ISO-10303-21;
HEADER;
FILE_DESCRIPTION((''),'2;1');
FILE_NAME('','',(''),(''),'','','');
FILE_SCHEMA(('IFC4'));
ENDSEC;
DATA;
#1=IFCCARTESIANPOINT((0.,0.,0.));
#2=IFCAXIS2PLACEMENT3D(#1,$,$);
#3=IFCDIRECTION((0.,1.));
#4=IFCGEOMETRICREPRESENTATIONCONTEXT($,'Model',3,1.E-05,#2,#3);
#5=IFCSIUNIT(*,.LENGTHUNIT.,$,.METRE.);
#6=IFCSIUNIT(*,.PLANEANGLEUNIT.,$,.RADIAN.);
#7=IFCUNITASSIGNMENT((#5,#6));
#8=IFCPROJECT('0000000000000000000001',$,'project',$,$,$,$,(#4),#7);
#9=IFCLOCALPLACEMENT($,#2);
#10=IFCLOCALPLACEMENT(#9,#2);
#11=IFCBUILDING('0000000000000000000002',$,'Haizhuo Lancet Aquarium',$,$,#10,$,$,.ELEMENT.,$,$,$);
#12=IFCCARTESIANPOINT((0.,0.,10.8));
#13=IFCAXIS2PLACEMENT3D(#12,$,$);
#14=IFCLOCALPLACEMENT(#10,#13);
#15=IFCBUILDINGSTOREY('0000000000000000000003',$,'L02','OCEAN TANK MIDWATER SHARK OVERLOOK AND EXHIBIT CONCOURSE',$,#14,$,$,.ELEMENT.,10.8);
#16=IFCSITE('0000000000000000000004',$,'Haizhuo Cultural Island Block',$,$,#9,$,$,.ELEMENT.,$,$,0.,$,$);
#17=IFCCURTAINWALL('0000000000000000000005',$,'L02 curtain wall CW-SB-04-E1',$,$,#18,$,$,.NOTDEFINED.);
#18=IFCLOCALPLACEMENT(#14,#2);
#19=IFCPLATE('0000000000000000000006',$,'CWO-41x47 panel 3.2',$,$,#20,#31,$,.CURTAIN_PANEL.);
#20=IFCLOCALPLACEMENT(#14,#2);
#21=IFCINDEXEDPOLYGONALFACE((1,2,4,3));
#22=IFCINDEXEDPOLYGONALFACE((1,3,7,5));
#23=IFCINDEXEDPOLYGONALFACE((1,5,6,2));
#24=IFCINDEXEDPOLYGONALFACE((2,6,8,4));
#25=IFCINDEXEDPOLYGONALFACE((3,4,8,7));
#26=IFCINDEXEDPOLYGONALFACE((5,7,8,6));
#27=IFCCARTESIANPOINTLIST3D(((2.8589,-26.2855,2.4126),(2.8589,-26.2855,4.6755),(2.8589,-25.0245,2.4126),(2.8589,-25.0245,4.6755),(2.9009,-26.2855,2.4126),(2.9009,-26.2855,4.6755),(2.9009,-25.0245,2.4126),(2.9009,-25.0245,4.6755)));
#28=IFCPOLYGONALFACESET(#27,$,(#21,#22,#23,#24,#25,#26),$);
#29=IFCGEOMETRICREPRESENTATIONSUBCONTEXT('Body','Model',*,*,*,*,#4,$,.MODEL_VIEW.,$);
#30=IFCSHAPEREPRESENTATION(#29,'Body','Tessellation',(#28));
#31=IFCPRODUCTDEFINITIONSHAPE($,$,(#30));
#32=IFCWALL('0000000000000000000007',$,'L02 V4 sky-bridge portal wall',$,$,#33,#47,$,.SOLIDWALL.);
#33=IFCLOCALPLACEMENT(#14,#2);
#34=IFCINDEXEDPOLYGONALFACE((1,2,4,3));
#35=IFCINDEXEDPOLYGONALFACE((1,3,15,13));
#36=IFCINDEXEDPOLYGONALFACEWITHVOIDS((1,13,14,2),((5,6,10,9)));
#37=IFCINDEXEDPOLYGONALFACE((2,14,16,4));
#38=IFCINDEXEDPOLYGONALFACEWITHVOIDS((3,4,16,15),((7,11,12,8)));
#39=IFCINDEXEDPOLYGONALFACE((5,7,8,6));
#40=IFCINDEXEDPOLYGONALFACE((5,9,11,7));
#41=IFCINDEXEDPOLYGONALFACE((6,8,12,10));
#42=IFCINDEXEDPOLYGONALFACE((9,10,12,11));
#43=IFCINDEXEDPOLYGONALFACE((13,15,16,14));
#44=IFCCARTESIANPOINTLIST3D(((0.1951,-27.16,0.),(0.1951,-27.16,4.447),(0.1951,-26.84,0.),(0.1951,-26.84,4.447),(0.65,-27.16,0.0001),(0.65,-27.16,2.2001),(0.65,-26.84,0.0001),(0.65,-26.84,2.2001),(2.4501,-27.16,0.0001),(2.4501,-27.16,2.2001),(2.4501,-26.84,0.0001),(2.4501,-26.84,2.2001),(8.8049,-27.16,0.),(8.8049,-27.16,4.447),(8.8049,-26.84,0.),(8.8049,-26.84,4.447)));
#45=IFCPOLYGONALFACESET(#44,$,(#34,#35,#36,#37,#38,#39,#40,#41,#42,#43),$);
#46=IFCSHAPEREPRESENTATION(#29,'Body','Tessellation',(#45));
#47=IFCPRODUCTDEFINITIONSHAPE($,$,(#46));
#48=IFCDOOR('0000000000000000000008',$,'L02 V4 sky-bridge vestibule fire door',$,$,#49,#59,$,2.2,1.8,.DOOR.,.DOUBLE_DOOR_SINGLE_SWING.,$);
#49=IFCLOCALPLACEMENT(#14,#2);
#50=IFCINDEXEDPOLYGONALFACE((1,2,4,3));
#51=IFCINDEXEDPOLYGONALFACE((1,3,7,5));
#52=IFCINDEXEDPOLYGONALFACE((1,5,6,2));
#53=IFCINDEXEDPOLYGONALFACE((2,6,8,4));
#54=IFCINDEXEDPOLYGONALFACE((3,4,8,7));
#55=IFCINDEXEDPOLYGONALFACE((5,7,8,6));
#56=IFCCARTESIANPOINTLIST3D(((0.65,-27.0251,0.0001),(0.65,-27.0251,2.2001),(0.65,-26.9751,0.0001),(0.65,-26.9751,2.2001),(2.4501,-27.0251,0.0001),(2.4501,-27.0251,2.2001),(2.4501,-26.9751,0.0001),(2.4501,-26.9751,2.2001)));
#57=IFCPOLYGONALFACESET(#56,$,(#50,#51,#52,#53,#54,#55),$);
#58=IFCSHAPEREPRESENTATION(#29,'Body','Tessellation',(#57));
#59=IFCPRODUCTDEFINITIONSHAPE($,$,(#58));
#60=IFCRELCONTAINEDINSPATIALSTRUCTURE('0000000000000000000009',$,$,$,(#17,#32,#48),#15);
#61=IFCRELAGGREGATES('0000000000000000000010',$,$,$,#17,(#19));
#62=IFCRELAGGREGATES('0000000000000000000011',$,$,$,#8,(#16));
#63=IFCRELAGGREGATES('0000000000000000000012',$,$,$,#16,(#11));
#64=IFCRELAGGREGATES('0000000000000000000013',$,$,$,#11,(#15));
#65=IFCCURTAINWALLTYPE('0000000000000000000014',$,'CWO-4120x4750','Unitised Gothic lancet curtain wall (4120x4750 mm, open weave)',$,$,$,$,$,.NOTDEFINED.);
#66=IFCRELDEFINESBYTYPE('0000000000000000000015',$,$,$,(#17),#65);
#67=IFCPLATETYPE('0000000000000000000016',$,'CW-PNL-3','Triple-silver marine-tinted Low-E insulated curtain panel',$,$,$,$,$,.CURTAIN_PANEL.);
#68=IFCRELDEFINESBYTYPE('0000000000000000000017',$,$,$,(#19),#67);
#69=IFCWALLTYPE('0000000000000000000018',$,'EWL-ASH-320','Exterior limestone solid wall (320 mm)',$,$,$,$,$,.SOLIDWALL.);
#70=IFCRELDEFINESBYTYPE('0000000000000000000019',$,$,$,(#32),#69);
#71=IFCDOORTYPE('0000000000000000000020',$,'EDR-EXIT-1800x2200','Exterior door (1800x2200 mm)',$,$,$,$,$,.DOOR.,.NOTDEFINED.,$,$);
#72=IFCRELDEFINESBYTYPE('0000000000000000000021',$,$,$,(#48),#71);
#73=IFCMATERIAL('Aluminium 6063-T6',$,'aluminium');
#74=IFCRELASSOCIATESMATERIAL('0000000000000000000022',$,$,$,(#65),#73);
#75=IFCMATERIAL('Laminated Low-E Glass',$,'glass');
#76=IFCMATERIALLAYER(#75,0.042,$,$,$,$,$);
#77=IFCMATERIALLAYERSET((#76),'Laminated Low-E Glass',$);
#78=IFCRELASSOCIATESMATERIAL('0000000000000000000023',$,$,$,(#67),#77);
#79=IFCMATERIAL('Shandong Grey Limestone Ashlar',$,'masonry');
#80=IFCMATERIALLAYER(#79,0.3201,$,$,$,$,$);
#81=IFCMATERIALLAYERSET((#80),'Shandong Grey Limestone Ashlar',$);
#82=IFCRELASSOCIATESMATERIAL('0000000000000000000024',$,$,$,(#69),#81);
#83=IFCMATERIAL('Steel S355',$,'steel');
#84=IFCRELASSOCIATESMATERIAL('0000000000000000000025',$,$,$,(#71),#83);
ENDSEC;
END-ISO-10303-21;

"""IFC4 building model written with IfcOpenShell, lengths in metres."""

from ifc_helpers import new_model, si_unit, direction, frame, frame_2d, origin, origin_2d, place, context, subcontext, project, spatial, rectangle, extrude, material, layer, layer_set, type_object, element, fill, aggregate, save


model = new_model("IFC4")

# Units and contexts
model_context = context("Model", 3, precision=1e-05, world=origin(), true_north=direction((0.0, 1.0)))
body_context = subcontext(model_context, "Body", "Model", "MODEL_VIEW")
ifc_project = project(units=[si_unit("LENGTHUNIT", "METRE"), si_unit("PLANEANGLEUNIT", "RADIAN")], contexts=[model_context])

# Site, building, storey
site_placement = place(None, origin())
site = spatial("IfcSite", under=ifc_project, at=site_placement, Name="Haizhuo Cultural Island Block", CompositionType="ELEMENT", RefElevation=0.0)
building_placement = place(site_placement, origin())
building = spatial("IfcBuilding", under=site, at=building_placement, Name="Haizhuo Lancet Aquarium", CompositionType="ELEMENT")
storey_placement = place(building_placement, frame((0.0, 0.0, 10.8)))
storey = spatial("IfcBuildingStorey", under=building, at=storey_placement, Name="L02", Description="OCEAN TANK MIDWATER SHARK OVERLOOK AND EXHIBIT CONCOURSE", CompositionType="ELEMENT", Elevation=10.8)

# Shared definitions
ifc_material_1 = material(Name="Steel S355", Category="steel")

# Shared definitions
ifc_material_2 = material(Name="Aluminium 6063-T6", Category="aluminium")

# Curtain wall
curtain_wall_type_1 = type_object("IfcCurtainWallType", Name="CWO-4120x4750", Description="Unitised Gothic lancet curtain wall (4120x4750 mm, open weave)", PredefinedType="NOTDEFINED", material=ifc_material_2)
curtain_wall_1_placement = place(storey_placement, origin())
curtain_wall_1 = element("IfcCurtainWall", 1, at=curtain_wall_1_placement, inside=storey, type_object=curtain_wall_type_1, Name="L02 curtain wall CW-SB-04-E1", PredefinedType="NOTDEFINED")

# Plate
ifc_material_3 = material(Name="Laminated Low-E Glass", Category="glass")
ifc_layer_1 = layer(ifc_material_3, 0.042)
ifc_layer_set_1 = layer_set([ifc_layer_1], Name="Laminated Low-E Glass")
plate_type_1 = type_object("IfcPlateType", Name="CW-PNL-3", Description="Triple-silver marine-tinted Low-E insulated curtain panel", PredefinedType="CURTAIN_PANEL", material=ifc_layer_set_1)
plate_1_placement = place(storey_placement, frame((2.8799, -25.655, 2.4126), z_axis=(0.0, 0.0, 1.0), x_axis=(0.0, -1.0, 0.0)))
plate_1 = element("IfcPlate", 2, at=plate_1_placement, type_object=plate_type_1, Name="CWO-41x47 panel 3.2", PredefinedType="CURTAIN_PANEL", context=body_context, shape_type="SweptSolid", body=[
    extrude(rectangle(XDim=1.261, YDim=0.042, at=origin_2d()), origin(), (0.0, 0.0, 1.0), 2.2629),
])
aggregate(curtain_wall_1, [plate_1])

# Wall, opening, door
ifc_material_4 = material(Name="Shandong Grey Limestone Ashlar", Category="masonry")
ifc_layer_2 = layer(ifc_material_4, 0.3201)
ifc_layer_set_2 = layer_set([ifc_layer_2], Name="Shandong Grey Limestone Ashlar")
wall_type = type_object("IfcWallType", Name="EWL-ASH-320", Description="Exterior limestone solid wall (320 mm)", PredefinedType="SOLIDWALL", material=ifc_layer_set_2)
wall_placement = place(storey_placement, frame((0.1951, -27.0, 0.0), z_axis=(0.0, 0.0, 1.0), x_axis=(1.0, 0.0, 0.0)))
wall = element("IfcWall", 3, at=wall_placement, inside=storey, type_object=wall_type, Name="L02 V4 sky-bridge portal wall", PredefinedType="SOLIDWALL", context=body_context, shape_type="SweptSolid", body=[
    extrude(rectangle(XDim=8.6099, YDim=0.3201, at=frame_2d((4.3049, 0.0))), origin(), (0.0, 0.0, 1.0), 4.447),
])
opening_placement = place(wall_placement, frame((0.4551, 0.0, 0.0)))
opening = element("IfcOpeningElement", 4, at=opening_placement, cuts=wall, PredefinedType="OPENING", context=body_context, shape_type="SweptSolid", body=[
    extrude(rectangle(XDim=1.8, YDim=2.2, at=frame_2d((0.8999, 1.1001))), frame((0.0, 0.1699, 0.0), z_axis=(0.0, -1.0, 0.0), x_axis=(1.0, 0.0, 0.0)), (0.0, 0.0, 1.0), 0.3401),
])
door_type = type_object("IfcDoorType", Name="EDR-EXIT-1800x2200", Description="Exterior door (1800x2200 mm)", OperationType="NOTDEFINED", PredefinedType="DOOR", material=ifc_material_1)
door_placement = place(opening_placement, origin())
door = element("IfcDoor", 5, at=door_placement, inside=storey, type_object=door_type, Name="L02 V4 sky-bridge vestibule fire door", OperationType="DOUBLE_DOOR_SINGLE_SWING", OverallHeight=2.2, OverallWidth=1.8, PredefinedType="DOOR", context=body_context, shape_type="SweptSolid", body=[
    extrude(rectangle(XDim=1.8, YDim=2.2, at=frame_2d((0.8999, 1.1001))), frame((0.0, 0.0249, 0.0), z_axis=(0.0, -1.0, 0.0), x_axis=(1.0, 0.0, 0.0)), (0.0, 0.0, 1.0), 0.05),
])
fill(opening, door)

save(model, "model.ifc")
